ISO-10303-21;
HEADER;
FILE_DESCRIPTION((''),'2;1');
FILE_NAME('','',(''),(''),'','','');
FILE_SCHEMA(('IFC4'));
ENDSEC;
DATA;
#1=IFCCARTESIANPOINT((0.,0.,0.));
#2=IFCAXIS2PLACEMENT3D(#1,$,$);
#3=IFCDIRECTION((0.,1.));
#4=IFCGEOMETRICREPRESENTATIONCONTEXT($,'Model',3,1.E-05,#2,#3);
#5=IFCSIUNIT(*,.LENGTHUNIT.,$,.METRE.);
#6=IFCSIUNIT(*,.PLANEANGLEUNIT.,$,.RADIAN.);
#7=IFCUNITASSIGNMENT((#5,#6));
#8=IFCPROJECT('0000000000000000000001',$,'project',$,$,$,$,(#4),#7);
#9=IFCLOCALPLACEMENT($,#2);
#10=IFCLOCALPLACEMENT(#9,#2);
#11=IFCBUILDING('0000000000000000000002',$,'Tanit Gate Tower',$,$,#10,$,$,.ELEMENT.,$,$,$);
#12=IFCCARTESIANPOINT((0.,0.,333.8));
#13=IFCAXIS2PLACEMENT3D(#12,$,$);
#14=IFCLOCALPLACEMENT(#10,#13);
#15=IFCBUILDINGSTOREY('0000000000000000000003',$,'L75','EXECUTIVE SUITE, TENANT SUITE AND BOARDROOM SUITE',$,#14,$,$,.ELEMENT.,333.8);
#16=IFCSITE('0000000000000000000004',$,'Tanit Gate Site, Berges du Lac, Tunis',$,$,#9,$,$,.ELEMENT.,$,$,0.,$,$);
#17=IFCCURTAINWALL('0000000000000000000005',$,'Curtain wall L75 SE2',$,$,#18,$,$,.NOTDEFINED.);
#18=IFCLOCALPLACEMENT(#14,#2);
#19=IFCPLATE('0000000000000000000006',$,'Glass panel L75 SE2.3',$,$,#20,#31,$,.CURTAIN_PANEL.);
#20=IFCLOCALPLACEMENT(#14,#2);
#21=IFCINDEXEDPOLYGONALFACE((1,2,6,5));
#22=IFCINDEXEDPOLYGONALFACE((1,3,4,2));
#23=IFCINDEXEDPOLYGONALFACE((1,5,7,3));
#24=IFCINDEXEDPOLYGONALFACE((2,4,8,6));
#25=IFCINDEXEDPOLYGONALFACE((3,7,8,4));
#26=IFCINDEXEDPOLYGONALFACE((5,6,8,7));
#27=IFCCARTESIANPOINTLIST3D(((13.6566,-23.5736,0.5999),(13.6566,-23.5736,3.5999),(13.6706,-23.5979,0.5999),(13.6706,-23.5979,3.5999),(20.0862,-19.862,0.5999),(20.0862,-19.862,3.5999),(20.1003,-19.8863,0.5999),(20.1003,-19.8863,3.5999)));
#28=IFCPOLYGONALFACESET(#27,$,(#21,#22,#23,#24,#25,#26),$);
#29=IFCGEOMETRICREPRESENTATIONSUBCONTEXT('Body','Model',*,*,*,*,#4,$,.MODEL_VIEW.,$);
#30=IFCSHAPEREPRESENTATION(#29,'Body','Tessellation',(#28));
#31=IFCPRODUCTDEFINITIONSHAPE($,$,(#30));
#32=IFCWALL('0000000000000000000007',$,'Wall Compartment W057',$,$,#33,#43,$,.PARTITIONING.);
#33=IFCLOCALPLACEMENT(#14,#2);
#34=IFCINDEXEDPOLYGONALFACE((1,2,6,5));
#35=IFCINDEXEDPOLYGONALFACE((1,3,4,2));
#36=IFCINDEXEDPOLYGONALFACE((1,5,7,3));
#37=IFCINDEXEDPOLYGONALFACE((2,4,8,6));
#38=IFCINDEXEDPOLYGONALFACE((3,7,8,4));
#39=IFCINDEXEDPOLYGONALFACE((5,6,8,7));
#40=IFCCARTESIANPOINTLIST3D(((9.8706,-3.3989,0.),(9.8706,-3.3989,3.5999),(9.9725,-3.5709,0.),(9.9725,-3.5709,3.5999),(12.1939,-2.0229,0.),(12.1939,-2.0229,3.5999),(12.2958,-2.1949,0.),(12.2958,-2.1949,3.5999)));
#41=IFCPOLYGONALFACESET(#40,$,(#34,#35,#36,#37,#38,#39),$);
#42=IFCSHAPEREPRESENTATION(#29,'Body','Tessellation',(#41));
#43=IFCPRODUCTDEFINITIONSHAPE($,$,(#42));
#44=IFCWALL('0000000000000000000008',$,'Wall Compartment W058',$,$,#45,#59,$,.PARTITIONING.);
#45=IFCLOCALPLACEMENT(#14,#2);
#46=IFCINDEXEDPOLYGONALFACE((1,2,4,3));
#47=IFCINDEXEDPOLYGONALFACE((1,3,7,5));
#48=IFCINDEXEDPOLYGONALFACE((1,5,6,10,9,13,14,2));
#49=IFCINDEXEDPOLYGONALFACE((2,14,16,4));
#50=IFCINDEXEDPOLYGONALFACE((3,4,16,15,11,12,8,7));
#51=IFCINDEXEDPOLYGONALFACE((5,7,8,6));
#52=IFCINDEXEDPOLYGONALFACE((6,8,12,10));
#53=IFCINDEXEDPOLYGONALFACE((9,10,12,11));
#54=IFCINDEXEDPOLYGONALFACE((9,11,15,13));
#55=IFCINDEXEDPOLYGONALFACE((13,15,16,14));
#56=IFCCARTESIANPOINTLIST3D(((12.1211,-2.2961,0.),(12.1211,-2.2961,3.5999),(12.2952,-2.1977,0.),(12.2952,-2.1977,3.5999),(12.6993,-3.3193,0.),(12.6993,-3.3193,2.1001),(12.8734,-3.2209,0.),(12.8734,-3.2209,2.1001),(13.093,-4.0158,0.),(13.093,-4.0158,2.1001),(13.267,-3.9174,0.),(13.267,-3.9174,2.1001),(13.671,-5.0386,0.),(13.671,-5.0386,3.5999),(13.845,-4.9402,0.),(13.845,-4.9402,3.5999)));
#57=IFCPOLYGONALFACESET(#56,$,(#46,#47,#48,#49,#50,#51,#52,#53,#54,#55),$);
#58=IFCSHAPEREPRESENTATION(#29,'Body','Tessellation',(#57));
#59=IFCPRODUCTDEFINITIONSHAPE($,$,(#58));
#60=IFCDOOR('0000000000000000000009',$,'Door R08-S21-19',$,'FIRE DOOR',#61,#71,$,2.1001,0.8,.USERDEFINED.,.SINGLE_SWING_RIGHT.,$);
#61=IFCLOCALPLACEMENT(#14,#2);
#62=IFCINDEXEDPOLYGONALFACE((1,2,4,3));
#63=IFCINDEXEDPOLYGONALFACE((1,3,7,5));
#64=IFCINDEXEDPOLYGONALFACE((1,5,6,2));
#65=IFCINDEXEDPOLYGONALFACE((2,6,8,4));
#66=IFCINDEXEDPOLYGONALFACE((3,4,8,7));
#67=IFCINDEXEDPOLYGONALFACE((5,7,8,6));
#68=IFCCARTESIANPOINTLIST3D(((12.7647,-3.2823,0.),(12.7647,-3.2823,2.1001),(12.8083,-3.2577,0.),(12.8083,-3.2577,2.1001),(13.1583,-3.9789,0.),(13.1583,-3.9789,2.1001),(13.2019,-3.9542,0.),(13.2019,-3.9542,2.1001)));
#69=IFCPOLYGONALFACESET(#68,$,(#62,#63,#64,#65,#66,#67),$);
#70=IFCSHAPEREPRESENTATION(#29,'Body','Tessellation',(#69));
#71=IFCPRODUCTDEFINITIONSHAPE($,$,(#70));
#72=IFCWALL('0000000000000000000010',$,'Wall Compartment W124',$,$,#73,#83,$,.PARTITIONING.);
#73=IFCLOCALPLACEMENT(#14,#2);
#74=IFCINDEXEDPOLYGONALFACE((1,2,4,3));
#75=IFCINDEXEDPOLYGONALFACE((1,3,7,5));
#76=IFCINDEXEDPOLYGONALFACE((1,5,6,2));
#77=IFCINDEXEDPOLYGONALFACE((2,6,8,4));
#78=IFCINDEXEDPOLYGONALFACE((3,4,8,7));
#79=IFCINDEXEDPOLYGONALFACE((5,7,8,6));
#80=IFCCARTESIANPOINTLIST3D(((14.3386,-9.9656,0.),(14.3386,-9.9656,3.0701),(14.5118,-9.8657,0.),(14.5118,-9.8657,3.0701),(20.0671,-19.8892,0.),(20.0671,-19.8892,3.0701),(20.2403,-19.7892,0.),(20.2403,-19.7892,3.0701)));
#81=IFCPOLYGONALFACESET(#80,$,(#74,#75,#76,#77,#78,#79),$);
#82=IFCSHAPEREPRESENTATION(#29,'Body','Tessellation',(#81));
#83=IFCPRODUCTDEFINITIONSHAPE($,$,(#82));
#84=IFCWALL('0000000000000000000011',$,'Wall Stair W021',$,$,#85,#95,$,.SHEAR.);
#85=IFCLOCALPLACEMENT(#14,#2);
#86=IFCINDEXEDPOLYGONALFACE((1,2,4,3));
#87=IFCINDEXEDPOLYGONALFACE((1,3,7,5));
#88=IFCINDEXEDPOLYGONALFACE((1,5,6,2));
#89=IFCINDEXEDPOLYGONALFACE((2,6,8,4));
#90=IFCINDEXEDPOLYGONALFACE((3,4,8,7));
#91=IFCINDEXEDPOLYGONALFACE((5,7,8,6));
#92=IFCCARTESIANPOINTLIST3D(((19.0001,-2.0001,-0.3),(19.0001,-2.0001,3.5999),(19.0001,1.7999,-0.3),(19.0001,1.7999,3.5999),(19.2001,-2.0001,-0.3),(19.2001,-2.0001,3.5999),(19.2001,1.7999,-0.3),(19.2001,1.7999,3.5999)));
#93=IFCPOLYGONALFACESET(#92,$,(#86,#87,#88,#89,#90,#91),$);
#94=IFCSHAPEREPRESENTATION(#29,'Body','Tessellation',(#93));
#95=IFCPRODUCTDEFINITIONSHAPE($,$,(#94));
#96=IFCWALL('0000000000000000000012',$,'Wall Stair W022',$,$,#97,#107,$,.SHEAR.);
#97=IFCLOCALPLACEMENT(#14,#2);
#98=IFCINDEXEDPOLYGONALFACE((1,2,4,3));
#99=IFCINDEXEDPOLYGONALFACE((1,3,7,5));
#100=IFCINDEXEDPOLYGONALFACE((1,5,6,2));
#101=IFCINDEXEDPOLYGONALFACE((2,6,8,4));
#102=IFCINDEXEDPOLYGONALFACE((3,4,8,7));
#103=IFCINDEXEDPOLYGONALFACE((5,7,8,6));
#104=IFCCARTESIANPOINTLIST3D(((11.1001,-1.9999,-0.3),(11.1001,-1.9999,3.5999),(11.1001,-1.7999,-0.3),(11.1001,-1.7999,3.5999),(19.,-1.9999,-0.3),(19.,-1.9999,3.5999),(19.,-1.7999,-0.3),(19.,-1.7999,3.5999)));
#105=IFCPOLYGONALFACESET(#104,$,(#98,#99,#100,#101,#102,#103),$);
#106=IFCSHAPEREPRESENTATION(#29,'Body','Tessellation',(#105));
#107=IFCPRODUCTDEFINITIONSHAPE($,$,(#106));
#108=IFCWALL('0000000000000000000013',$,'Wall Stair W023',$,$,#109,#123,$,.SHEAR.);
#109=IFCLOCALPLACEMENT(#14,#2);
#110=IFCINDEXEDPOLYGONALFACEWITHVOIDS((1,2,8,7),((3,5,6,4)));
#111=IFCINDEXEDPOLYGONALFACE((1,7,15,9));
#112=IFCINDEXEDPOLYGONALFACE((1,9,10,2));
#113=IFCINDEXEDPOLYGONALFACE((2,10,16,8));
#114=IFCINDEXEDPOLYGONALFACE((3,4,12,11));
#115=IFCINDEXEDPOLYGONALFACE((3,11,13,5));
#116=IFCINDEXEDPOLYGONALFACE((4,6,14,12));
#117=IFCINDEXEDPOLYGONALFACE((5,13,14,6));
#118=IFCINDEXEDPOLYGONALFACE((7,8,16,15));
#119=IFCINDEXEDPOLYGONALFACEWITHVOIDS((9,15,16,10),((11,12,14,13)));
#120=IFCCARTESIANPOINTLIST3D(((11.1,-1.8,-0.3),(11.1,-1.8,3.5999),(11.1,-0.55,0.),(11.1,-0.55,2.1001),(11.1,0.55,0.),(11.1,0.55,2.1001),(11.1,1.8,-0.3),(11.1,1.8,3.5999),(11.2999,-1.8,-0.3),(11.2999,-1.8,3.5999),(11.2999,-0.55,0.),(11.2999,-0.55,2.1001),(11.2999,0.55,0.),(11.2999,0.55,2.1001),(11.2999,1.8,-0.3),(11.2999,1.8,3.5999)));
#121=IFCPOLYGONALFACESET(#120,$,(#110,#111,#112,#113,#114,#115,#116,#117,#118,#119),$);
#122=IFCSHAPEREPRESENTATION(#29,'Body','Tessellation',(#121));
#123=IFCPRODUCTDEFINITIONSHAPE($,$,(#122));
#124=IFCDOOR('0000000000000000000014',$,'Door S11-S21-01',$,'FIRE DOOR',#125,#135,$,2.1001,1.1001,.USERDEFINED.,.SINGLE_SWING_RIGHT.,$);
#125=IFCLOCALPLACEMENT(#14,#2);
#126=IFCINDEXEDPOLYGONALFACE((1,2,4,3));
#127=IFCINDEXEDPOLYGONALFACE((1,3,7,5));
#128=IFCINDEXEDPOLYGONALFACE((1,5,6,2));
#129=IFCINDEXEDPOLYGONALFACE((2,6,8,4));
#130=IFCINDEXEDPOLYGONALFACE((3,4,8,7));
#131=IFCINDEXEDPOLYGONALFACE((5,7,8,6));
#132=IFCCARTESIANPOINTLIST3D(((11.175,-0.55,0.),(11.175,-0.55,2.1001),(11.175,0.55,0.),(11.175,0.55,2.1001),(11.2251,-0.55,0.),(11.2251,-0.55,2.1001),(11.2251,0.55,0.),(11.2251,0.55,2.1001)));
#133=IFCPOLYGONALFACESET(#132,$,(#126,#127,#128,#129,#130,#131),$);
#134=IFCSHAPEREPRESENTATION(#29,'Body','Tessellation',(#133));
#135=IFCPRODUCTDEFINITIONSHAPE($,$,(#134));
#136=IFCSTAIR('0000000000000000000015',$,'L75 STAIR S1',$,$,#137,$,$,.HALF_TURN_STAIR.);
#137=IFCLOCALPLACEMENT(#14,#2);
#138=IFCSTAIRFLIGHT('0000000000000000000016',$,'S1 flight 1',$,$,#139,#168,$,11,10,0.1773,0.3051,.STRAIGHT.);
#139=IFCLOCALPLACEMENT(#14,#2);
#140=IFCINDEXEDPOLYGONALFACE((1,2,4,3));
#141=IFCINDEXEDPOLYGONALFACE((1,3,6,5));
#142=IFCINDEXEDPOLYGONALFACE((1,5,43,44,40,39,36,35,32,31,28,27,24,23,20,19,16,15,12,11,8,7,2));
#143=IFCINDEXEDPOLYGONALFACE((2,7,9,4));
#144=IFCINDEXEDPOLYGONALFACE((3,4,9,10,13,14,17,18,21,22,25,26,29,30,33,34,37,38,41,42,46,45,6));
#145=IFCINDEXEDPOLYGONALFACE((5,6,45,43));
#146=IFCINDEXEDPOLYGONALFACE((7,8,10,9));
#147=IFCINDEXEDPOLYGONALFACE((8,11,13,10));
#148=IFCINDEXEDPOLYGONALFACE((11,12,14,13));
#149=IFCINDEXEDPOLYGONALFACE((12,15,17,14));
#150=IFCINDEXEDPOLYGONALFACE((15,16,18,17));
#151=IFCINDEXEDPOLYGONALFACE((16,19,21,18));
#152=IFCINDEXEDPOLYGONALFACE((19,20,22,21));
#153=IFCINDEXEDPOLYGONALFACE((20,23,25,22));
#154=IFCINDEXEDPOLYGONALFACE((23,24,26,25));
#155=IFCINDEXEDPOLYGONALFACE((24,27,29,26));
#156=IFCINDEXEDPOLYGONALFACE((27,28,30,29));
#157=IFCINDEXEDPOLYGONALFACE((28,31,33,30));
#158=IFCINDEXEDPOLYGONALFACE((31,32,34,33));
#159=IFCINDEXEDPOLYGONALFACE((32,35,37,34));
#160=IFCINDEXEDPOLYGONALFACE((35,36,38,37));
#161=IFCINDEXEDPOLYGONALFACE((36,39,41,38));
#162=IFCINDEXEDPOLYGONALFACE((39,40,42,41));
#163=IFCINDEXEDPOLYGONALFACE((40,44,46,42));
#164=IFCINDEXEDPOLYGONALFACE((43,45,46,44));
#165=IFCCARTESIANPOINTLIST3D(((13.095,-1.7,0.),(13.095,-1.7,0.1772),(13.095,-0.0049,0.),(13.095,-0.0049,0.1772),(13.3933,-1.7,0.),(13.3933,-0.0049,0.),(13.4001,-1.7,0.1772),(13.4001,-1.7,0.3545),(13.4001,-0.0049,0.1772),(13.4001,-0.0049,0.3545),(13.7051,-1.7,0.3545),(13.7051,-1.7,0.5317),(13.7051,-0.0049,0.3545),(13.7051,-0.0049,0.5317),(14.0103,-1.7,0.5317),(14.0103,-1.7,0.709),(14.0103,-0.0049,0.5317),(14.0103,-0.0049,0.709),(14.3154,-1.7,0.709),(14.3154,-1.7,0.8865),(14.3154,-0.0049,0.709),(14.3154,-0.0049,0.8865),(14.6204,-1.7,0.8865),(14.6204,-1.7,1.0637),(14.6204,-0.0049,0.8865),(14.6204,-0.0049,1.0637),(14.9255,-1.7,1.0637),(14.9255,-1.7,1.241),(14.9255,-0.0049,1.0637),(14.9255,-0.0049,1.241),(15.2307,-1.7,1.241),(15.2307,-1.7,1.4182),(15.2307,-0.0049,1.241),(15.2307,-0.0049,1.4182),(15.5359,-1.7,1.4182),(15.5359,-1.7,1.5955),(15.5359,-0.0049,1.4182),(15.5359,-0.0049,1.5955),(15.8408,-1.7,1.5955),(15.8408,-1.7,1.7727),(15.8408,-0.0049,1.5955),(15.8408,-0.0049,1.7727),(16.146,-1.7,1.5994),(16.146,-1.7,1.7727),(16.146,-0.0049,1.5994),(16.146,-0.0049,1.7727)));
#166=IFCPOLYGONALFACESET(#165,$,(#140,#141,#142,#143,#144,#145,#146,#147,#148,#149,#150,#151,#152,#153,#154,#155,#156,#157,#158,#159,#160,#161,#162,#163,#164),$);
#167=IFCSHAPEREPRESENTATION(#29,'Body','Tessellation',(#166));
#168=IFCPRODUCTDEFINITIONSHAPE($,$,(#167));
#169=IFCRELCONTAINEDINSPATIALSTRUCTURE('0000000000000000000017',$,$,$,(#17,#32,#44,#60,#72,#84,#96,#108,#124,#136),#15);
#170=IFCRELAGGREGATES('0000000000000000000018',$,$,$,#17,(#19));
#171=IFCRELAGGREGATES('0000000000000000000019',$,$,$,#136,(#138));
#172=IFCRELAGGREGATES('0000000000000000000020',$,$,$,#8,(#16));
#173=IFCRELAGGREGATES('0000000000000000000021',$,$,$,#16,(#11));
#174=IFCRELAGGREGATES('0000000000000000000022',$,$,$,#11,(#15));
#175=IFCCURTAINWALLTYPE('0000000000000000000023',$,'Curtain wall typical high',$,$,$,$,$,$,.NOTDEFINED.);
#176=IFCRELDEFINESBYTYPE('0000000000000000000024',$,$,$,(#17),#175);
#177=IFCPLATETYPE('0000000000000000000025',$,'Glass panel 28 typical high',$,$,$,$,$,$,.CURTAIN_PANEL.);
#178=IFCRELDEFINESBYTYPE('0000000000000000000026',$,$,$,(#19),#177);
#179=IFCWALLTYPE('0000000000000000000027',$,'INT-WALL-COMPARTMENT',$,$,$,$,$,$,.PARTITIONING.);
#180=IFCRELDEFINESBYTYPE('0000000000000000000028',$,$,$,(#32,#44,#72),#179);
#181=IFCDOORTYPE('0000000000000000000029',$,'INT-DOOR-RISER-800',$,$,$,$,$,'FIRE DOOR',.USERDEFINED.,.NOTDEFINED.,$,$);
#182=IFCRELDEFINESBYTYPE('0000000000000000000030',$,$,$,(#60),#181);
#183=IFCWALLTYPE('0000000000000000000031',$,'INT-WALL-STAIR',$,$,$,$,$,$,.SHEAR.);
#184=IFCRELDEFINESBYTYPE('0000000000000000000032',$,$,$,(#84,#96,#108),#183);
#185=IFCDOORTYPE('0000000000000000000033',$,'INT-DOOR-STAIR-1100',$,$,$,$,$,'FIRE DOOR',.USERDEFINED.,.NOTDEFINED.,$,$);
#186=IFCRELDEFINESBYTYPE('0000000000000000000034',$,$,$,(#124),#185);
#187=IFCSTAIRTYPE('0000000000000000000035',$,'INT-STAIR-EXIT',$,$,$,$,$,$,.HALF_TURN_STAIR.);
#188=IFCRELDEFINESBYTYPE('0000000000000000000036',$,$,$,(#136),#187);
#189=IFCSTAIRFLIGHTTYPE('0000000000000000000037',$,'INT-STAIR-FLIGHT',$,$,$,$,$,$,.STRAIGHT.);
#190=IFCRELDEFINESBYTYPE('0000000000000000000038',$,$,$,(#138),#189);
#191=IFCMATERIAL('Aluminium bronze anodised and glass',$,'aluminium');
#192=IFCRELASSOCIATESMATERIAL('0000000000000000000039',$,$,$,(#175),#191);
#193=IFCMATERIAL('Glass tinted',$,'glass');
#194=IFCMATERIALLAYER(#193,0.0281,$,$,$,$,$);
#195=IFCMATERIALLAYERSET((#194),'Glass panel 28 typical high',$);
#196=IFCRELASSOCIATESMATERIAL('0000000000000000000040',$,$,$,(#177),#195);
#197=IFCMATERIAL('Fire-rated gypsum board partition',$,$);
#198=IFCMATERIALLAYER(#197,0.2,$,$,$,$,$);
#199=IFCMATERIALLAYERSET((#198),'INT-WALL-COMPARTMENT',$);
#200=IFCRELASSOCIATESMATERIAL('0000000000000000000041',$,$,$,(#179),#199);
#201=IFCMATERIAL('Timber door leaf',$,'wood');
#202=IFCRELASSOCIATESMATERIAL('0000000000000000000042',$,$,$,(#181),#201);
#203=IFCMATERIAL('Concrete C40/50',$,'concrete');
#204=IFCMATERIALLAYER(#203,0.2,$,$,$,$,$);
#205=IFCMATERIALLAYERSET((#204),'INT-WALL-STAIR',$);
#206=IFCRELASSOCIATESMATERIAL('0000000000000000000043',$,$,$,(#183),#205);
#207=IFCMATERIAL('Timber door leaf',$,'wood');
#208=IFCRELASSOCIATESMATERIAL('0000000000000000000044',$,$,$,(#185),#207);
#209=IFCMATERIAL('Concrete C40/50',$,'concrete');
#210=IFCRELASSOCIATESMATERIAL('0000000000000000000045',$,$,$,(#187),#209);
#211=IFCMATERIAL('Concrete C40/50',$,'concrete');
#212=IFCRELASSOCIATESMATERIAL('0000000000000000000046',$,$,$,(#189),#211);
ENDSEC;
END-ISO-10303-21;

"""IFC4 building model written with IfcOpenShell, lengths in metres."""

from ifc_helpers import new_model, si_unit, direction, frame, frame_2d, origin, origin_2d, place, context, subcontext, project, spatial, polyline, rectangle, outline, extrude, material, layer, layer_set, type_object, element, fill, aggregate, save


model = new_model("IFC4")

# Units and contexts
model_context = context("Model", 3, precision=1e-05, world=origin(), true_north=direction((0.0, 1.0)))
body_context = subcontext(model_context, "Body", "Model", "MODEL_VIEW")
ifc_project = project(units=[si_unit("LENGTHUNIT", "METRE"), si_unit("PLANEANGLEUNIT", "RADIAN")], contexts=[model_context])

# Site, building, storey
site_placement = place(None, origin())
site = spatial("IfcSite", under=ifc_project, at=site_placement, Name="Tanit Gate Site, Berges du Lac, Tunis", CompositionType="ELEMENT", RefElevation=0.0)
building_placement = place(site_placement, origin())
building = spatial("IfcBuilding", under=site, at=building_placement, Name="Tanit Gate Tower", CompositionType="ELEMENT")
storey_placement = place(building_placement, frame((0.0, 0.0, 333.8)))
storey = spatial("IfcBuildingStorey", under=building, at=storey_placement, Name="L75", Description="EXECUTIVE SUITE, TENANT SUITE AND BOARDROOM SUITE", CompositionType="ELEMENT", Elevation=333.8)

# Curtain wall
ifc_material_1 = material(Name="Aluminium bronze anodised and glass", Category="aluminium")
curtain_wall_type = type_object("IfcCurtainWallType", Name="Curtain wall typical high", PredefinedType="NOTDEFINED", material=ifc_material_1)
curtain_wall_placement = place(storey_placement, origin())
curtain_wall = element("IfcCurtainWall", 1, at=curtain_wall_placement, inside=storey, type_object=curtain_wall_type, Name="Curtain wall L75 SE2", PredefinedType="NOTDEFINED")

# Plate
ifc_material_2 = material(Name="Glass tinted", Category="glass")
ifc_layer_1 = layer(ifc_material_2, 0.0281)
ifc_layer_set_1 = layer_set([ifc_layer_1], Name="Glass panel 28 typical high")
plate_type = type_object("IfcPlateType", Name="Glass panel 28 typical high", PredefinedType="CURTAIN_PANEL", material=ifc_layer_set_1)
plate_placement = place(storey_placement, frame((16.8784, -21.73, 0.5999), z_axis=(0.0, 0.0, 1.0), x_axis=(0.86606, 0.49994, 0.0)))
plate = element("IfcPlate", 2, at=plate_placement, type_object=plate_type, Name="Glass panel L75 SE2.3", PredefinedType="CURTAIN_PANEL", context=body_context, shape_type="SweptSolid", body=[
    extrude(rectangle(XDim=7.4241, YDim=0.0281, at=origin_2d()), origin(), (0.0, 0.0, 1.0), 3.0),
])
aggregate(curtain_wall, [plate])

# Wall
ifc_material_3 = material(Name="Fire-rated gypsum board partition")
ifc_layer_2 = layer(ifc_material_3, 0.2)
ifc_layer_set_2 = layer_set([ifc_layer_2], Name="INT-WALL-COMPARTMENT")
wall_type_1 = type_object("IfcWallType", Name="INT-WALL-COMPARTMENT", PredefinedType="PARTITIONING", material=ifc_layer_set_2)
wall_1_placement = place(storey_placement, frame((12.2449, -2.1089, 0.0), z_axis=(0.0, 0.0, 1.0), x_axis=(-0.860415, -0.509594, 0.0)))
element("IfcWall", 3, at=wall_1_placement, inside=storey, type_object=wall_type_1, Name="Wall Compartment W057", PredefinedType="PARTITIONING", context=body_context, shape_type="SweptSolid", body=[
    extrude(rectangle(XDim=2.7002, YDim=0.2, at=frame_2d((1.3501, 0.0))), origin(), (0.0, 0.0, 1.0), 3.5999),
])

# Wall, opening, door
wall_2_placement = place(storey_placement, frame((13.7581, -4.9895, 0.0), z_axis=(0.0, 0.0, 1.0), x_axis=(-0.491993, 0.870599, 0.0)))
wall_2 = element("IfcWall", 4, at=wall_2_placement, inside=storey, type_object=wall_type_1, Name="Wall Compartment W058", PredefinedType="PARTITIONING", context=body_context, shape_type="SweptSolid", body=[
    extrude(rectangle(XDim=3.1501, YDim=0.2, at=frame_2d((1.5752, 0.0))), origin(), (0.0, 0.0, 1.0), 3.5999),
])
opening_1_placement = place(wall_2_placement, frame((1.175, 0.0, 0.0)))
opening_1 = element("IfcOpeningElement", 5, at=opening_1_placement, cuts=wall_2, PredefinedType="OPENING", context=body_context, shape_type="SweptSolid", body=[
    extrude(rectangle(XDim=0.8, YDim=2.1001, at=frame_2d((0.3999, 1.05))), frame((0.0, 0.1099, 0.0), z_axis=(0.0, -1.0, 0.0), x_axis=(1.0, 0.0, 0.0)), (0.0, 0.0, 1.0), 0.22),
])
ifc_material_4 = material(Name="Timber door leaf", Category="wood")
door_type_1 = type_object("IfcDoorType", Name="INT-DOOR-RISER-800", ElementType="FIRE DOOR", OperationType="NOTDEFINED", PredefinedType="USERDEFINED", material=ifc_material_4)
door_1_placement = place(opening_1_placement, origin())
door_1 = element("IfcDoor", 6, at=door_1_placement, inside=storey, type_object=door_type_1, Name="Door R08-S21-19", ObjectType="FIRE DOOR", OperationType="SINGLE_SWING_RIGHT", OverallHeight=2.1001, OverallWidth=0.8, PredefinedType="USERDEFINED", context=body_context, shape_type="SweptSolid", body=[
    extrude(rectangle(XDim=0.8, YDim=2.1001, at=frame_2d((0.3999, 1.05))), frame((0.0, 0.0249, 0.0), z_axis=(0.0, -1.0, 0.0), x_axis=(1.0, 0.0, 0.0)), (0.0, 0.0, 1.0), 0.05),
])
fill(opening_1, door_1)

# Walls
wall_3_placement = place(storey_placement, frame((14.4253, -9.9158, 0.0), z_axis=(0.0, 0.0, 1.0), x_axis=(0.499943, -0.866058, 0.0)))
element("IfcWall", 7, at=wall_3_placement, inside=storey, type_object=wall_type_1, Name="Wall Compartment W124", PredefinedType="PARTITIONING", context=body_context, shape_type="SweptSolid", body=[
    extrude(rectangle(XDim=11.4583, YDim=0.2, at=frame_2d((5.729, 0.0))), origin(), (0.0, 0.0, 1.0), 3.0701),
])
ifc_material_5 = material(Name="Concrete C40/50", Category="concrete")
ifc_layer_3 = layer(ifc_material_5, 0.2)
ifc_layer_set_3 = layer_set([ifc_layer_3], Name="INT-WALL-STAIR")
wall_type_2 = type_object("IfcWallType", Name="INT-WALL-STAIR", PredefinedType="SHEAR", material=ifc_layer_set_3)
wall_4_placement = place(storey_placement, frame((19.1001, -2.0, -0.3), z_axis=(0.0, 0.0, 1.0), x_axis=(0.0, 1.0, 0.0)))
element("IfcWall", 8, at=wall_4_placement, inside=storey, type_object=wall_type_2, Name="Wall Stair W021", PredefinedType="SHEAR", context=body_context, shape_type="SweptSolid", body=[
    extrude(rectangle(XDim=3.8, YDim=0.2, at=frame_2d((1.8999, 0.0))), origin(), (0.0, 0.0, 1.0), 3.8999),
])
wall_5_placement = place(storey_placement, frame((11.1001, -1.8999, -0.3), z_axis=(0.0, 0.0, 1.0), x_axis=(1.0, 0.0, 0.0)))
element("IfcWall", 9, at=wall_5_placement, inside=storey, type_object=wall_type_2, Name="Wall Stair W022", PredefinedType="SHEAR", context=body_context, shape_type="SweptSolid", body=[
    extrude(rectangle(XDim=7.8999, YDim=0.2, at=frame_2d((3.95, 0.0))), origin(), (0.0, 0.0, 1.0), 3.8999),
])

# Wall, opening, door
wall_6_placement = place(storey_placement, frame((11.2, -1.8, -0.3), z_axis=(0.0, 0.0, 1.0), x_axis=(0.0, 1.0, 0.0)))
wall_6 = element("IfcWall", 10, at=wall_6_placement, inside=storey, type_object=wall_type_2, Name="Wall Stair W023", PredefinedType="SHEAR", context=body_context, shape_type="SweptSolid", body=[
    extrude(rectangle(XDim=3.6001, YDim=0.2, at=frame_2d((1.8, 0.0))), origin(), (0.0, 0.0, 1.0), 3.8999),
])
opening_2_placement = place(wall_6_placement, frame((1.25, 0.0, 0.3)))
opening_2 = element("IfcOpeningElement", 11, at=opening_2_placement, cuts=wall_6, PredefinedType="OPENING", context=body_context, shape_type="SweptSolid", body=[
    extrude(rectangle(XDim=1.1001, YDim=2.1001, at=frame_2d((0.55, 1.05))), frame((0.0, 0.1099, 0.0), z_axis=(0.0, -1.0, 0.0), x_axis=(1.0, 0.0, 0.0)), (0.0, 0.0, 1.0), 0.22),
])
ifc_material_6 = material(Name="Timber door leaf", Category="wood")
door_type_2 = type_object("IfcDoorType", Name="INT-DOOR-STAIR-1100", ElementType="FIRE DOOR", OperationType="NOTDEFINED", PredefinedType="USERDEFINED", material=ifc_material_6)
door_2_placement = place(opening_2_placement, origin())
door_2 = element("IfcDoor", 12, at=door_2_placement, inside=storey, type_object=door_type_2, Name="Door S11-S21-01", ObjectType="FIRE DOOR", OperationType="SINGLE_SWING_RIGHT", OverallHeight=2.1001, OverallWidth=1.1001, PredefinedType="USERDEFINED", context=body_context, shape_type="SweptSolid", body=[
    extrude(rectangle(XDim=1.1001, YDim=2.1001, at=frame_2d((0.55, 1.05))), frame((0.0, 0.0249, 0.0), z_axis=(0.0, -1.0, 0.0), x_axis=(1.0, 0.0, 0.0)), (0.0, 0.0, 1.0), 0.05),
])
fill(opening_2, door_2)

# Stair, stair flight
ifc_material_7 = material(Name="Concrete C40/50", Category="concrete")
stair_type = type_object("IfcStairType", Name="INT-STAIR-EXIT", PredefinedType="HALF_TURN_STAIR", material=ifc_material_7)
stair_placement = place(storey_placement, origin())
stair = element("IfcStair", 13, at=stair_placement, inside=storey, type_object=stair_type, Name="L75 STAIR S1", PredefinedType="HALF_TURN_STAIR")
ifc_material_8 = material(Name="Concrete C40/50", Category="concrete")
stair_flight_type = type_object("IfcStairFlightType", Name="INT-STAIR-FLIGHT", PredefinedType="STRAIGHT", material=ifc_material_8)
stair_flight_placement = place(storey_placement, frame((13.095, -0.8525, 0.0), z_axis=(0.0, 0.0, 1.0), x_axis=(1.0, 0.0, 0.0)))
stair_flight = element("IfcStairFlight", 14, at=stair_flight_placement, type_object=stair_flight_type, Name="S1 flight 1", NumberOfRisers=11, NumberOfTreads=10, PredefinedType="STRAIGHT", RiserHeight=0.1773, TreadLength=0.3051, context=body_context, shape_type="SweptSolid", body=[
    extrude(outline(polyline([(0.0, 0.0), (0.0, 0.1772), (0.3052, 0.1772), (0.3052, 0.3545), (0.6101, 0.3545), (0.6101, 0.5317), (0.9153, 0.5317), (0.9153, 0.709), (1.2205, 0.709), (1.2205, 0.8865), (1.5254, 0.8865), (1.5254, 1.0637), (1.8306, 1.0637), (1.8306, 1.241), (2.1357, 1.241), (2.1357, 1.4182), (2.4409, 1.4182), (2.4409, 1.5955), (2.7458, 1.5955), (2.7458, 1.7727), (3.051, 1.7727), (3.051, 1.95), (3.051, 1.5994), (0.2983, 0.0), (0.0, 0.0)])), frame((0.0, 0.8477, 0.0), z_axis=(0.0, -1.0, 0.0), x_axis=(1.0, 0.0, 0.0)), (0.0, 0.0, 1.0), 1.6951),
])
aggregate(stair, [stair_flight])

save(model, "model.ifc")
